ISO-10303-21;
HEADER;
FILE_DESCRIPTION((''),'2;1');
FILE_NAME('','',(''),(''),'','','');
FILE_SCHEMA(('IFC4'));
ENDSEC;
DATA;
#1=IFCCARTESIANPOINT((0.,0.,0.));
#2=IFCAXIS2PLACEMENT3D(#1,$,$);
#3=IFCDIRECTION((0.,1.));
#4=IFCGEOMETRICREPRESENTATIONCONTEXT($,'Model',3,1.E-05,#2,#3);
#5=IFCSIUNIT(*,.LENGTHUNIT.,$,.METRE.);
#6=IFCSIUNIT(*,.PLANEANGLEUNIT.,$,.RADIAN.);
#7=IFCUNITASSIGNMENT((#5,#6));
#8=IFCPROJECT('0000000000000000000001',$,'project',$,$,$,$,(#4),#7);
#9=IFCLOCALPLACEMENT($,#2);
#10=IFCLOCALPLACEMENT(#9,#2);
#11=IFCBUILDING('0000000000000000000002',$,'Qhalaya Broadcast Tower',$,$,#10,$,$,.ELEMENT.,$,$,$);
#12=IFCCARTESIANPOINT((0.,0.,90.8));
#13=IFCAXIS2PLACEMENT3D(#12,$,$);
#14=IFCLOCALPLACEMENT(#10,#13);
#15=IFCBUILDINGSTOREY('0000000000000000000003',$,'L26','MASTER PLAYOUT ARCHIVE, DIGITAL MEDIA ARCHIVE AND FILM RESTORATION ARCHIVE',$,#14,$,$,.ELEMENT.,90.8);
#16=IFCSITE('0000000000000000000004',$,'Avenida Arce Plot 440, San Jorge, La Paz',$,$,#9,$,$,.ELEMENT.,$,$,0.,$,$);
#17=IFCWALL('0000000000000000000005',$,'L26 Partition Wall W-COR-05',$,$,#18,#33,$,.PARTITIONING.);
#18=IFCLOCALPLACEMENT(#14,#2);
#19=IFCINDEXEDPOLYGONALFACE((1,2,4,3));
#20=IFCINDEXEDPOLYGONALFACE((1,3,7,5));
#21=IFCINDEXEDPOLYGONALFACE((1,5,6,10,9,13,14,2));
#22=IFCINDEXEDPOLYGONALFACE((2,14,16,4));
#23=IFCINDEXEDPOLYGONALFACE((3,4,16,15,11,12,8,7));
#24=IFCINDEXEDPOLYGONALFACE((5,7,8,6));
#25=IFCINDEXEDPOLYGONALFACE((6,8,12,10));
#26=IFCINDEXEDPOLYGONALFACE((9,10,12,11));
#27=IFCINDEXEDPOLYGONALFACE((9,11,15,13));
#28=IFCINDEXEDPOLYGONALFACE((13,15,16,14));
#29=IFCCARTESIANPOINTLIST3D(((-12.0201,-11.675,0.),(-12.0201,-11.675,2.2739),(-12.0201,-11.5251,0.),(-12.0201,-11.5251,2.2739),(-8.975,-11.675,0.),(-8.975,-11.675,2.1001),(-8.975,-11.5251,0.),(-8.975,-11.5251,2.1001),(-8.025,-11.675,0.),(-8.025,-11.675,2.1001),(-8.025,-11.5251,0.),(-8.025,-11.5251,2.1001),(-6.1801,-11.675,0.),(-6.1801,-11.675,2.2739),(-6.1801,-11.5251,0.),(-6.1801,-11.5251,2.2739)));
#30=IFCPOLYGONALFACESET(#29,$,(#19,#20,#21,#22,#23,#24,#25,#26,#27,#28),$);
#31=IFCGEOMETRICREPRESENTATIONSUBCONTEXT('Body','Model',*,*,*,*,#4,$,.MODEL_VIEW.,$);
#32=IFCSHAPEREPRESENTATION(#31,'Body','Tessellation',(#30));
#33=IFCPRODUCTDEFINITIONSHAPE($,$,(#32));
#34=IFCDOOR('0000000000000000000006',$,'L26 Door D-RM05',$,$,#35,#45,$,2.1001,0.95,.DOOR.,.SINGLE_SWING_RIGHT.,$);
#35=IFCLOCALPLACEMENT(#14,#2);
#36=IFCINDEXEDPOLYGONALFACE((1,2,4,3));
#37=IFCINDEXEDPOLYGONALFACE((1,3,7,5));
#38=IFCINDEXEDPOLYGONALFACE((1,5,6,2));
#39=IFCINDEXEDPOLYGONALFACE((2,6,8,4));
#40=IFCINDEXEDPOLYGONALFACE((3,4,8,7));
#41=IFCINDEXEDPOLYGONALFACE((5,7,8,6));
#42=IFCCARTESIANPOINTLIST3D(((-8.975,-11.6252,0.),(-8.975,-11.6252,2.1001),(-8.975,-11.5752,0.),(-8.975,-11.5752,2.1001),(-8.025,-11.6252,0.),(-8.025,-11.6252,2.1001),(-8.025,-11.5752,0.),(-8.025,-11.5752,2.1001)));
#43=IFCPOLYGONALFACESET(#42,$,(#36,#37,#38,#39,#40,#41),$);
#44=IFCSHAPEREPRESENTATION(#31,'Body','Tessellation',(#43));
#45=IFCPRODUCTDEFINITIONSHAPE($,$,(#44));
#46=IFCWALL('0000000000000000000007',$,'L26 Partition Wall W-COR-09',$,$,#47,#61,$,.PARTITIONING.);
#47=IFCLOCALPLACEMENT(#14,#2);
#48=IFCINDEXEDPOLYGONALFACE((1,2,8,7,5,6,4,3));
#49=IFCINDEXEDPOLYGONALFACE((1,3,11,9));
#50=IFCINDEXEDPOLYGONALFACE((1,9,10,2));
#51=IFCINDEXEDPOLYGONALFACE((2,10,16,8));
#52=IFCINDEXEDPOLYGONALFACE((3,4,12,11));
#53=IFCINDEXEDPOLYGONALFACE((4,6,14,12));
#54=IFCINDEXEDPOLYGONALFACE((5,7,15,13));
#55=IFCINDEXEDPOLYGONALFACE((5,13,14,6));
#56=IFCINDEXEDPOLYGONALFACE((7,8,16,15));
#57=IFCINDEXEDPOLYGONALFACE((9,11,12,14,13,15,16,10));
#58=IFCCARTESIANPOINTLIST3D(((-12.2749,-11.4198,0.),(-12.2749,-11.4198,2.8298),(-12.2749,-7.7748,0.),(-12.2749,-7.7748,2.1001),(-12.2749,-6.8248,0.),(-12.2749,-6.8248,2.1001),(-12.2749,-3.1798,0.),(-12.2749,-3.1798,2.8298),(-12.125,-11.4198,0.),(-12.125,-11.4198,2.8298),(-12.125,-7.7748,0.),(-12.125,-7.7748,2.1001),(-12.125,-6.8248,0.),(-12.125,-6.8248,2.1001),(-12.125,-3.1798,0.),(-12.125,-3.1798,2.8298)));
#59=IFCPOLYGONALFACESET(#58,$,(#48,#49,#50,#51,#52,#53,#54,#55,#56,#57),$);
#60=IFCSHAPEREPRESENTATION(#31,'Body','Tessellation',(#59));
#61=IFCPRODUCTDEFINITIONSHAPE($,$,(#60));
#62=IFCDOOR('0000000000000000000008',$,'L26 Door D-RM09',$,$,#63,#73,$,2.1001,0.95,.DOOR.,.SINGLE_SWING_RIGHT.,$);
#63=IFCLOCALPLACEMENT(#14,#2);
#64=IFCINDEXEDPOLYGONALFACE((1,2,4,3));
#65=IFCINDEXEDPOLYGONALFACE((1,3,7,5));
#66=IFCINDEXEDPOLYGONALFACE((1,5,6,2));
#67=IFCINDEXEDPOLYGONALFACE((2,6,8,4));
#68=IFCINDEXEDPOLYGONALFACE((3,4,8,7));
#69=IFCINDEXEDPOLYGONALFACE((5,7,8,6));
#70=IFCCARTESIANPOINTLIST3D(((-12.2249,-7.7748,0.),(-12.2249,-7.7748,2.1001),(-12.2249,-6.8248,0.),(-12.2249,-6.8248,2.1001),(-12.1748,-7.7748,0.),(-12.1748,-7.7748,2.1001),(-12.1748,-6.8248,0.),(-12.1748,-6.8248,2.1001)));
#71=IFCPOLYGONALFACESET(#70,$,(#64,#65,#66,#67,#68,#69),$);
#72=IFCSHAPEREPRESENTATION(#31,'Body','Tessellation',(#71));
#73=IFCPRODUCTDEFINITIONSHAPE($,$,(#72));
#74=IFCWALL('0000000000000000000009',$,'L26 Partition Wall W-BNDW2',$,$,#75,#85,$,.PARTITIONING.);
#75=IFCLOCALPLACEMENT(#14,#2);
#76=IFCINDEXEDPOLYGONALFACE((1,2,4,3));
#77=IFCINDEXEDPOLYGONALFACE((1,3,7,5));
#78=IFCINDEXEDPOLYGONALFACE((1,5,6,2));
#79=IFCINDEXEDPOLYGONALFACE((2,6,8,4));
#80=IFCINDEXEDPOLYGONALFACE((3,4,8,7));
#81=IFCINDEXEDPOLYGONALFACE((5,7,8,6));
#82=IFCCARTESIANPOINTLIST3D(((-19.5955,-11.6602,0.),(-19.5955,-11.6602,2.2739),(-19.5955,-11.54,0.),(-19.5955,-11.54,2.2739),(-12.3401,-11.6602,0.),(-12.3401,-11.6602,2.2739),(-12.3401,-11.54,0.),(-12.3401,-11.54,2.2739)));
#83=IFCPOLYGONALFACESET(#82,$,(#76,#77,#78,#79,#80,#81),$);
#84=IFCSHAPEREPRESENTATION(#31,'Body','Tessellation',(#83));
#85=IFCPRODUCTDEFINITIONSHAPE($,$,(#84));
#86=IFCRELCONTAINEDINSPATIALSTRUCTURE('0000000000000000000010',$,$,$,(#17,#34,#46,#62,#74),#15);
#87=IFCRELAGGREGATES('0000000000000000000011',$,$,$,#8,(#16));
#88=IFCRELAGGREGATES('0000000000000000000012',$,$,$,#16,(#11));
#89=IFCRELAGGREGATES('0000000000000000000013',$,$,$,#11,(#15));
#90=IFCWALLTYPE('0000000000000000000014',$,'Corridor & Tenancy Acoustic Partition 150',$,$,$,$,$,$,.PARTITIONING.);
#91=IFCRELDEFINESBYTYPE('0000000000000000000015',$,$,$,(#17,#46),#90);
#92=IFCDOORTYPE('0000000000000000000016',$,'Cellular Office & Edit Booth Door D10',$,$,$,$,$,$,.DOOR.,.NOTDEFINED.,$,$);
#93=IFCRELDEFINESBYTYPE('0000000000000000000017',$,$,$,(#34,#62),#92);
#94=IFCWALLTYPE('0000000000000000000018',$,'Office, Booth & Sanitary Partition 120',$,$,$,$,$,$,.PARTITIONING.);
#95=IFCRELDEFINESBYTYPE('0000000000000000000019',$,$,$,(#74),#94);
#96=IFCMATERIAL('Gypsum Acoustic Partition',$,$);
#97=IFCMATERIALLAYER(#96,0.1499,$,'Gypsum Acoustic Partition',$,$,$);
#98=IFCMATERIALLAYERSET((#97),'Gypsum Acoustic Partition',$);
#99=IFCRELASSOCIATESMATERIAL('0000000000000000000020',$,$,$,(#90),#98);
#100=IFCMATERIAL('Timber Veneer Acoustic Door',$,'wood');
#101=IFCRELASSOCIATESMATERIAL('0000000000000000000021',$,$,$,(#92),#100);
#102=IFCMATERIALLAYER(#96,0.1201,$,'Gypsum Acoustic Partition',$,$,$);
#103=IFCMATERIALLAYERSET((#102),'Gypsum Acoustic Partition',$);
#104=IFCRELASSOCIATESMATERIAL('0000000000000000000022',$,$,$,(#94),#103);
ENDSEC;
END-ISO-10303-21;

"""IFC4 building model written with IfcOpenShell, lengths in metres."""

from ifc_helpers import new_model, si_unit, direction, frame, frame_2d, origin, place, context, subcontext, project, spatial, rectangle, extrude, material, layer, layer_set, type_object, element, fill, save


model = new_model("IFC4")

# Units and contexts
model_context = context("Model", 3, precision=1e-05, world=origin(), true_north=direction((0.0, 1.0)))
body_context = subcontext(model_context, "Body", "Model", "MODEL_VIEW")
ifc_project = project(units=[si_unit("LENGTHUNIT", "METRE"), si_unit("PLANEANGLEUNIT", "RADIAN")], contexts=[model_context])

# Site, building, storey
site_placement = place(None, origin())
site = spatial("IfcSite", under=ifc_project, at=site_placement, Name="Avenida Arce Plot 440, San Jorge, La Paz", CompositionType="ELEMENT", RefElevation=0.0)
building_placement = place(site_placement, origin())
building = spatial("IfcBuilding", under=site, at=building_placement, Name="Qhalaya Broadcast Tower", CompositionType="ELEMENT")
storey_placement = place(building_placement, frame((0.0, 0.0, 90.8)))
storey = spatial("IfcBuildingStorey", under=building, at=storey_placement, Name="L26", Description="MASTER PLAYOUT ARCHIVE, DIGITAL MEDIA ARCHIVE AND FILM RESTORATION ARCHIVE", CompositionType="ELEMENT", Elevation=90.8)

# Walls, openings, doors
ifc_material_1 = material(Name="Gypsum Acoustic Partition")
ifc_layer_1 = layer(ifc_material_1, 0.1499, Name="Gypsum Acoustic Partition")
ifc_layer_set_1 = layer_set([ifc_layer_1], Name="Gypsum Acoustic Partition")
wall_type_1 = type_object("IfcWallType", Name="Corridor & Tenancy Acoustic Partition 150", PredefinedType="PARTITIONING", material=ifc_layer_set_1)
wall_1_placement = place(storey_placement, frame((-12.02, -11.6001, 0.0), z_axis=(0.0, 0.0, 1.0), x_axis=(1.0, 0.0, 0.0)))
wall_1 = element("IfcWall", 1, at=wall_1_placement, inside=storey, type_object=wall_type_1, Name="L26 Partition Wall W-COR-05", PredefinedType="PARTITIONING", context=body_context, shape_type="SweptSolid", body=[
    extrude(rectangle(XDim=5.8401, YDim=0.1499, at=frame_2d((2.9199, 0.0))), origin(), (0.0, 0.0, 1.0), 2.2739),
])
opening_1_placement = place(wall_1_placement, frame((3.0449, 0.0, 0.0)))
opening_1 = element("IfcOpeningElement", 2, at=opening_1_placement, cuts=wall_1, PredefinedType="OPENING", context=body_context, shape_type="SweptSolid", body=[
    extrude(rectangle(XDim=0.95, YDim=2.1001, at=frame_2d((0.4751, 1.05))), frame((0.0, 0.0869, 0.0), z_axis=(0.0, -1.0, 0.0), x_axis=(1.0, 0.0, 0.0)), (0.0, 0.0, 1.0), 0.1738),
])
ifc_material_2 = material(Name="Timber Veneer Acoustic Door", Category="wood")
door_type = type_object("IfcDoorType", Name="Cellular Office & Edit Booth Door D10", OperationType="NOTDEFINED", PredefinedType="DOOR", material=ifc_material_2)
door_1_placement = place(opening_1_placement, origin())
door_1 = element("IfcDoor", 3, at=door_1_placement, inside=storey, type_object=door_type, Name="L26 Door D-RM05", OperationType="SINGLE_SWING_RIGHT", OverallHeight=2.1001, OverallWidth=0.95, PredefinedType="DOOR", context=body_context, shape_type="SweptSolid", body=[
    extrude(rectangle(XDim=0.95, YDim=2.1001, at=frame_2d((0.4751, 1.05))), frame((0.0, 0.0249, 0.0), z_axis=(0.0, -1.0, 0.0), x_axis=(1.0, 0.0, 0.0)), (0.0, 0.0, 1.0), 0.05),
])
fill(opening_1, door_1)
wall_2_placement = place(storey_placement, frame((-12.2, -11.4199, 0.0), z_axis=(0.0, 0.0, 1.0), x_axis=(0.0, 1.0, 0.0)))
wall_2 = element("IfcWall", 4, at=wall_2_placement, inside=storey, type_object=wall_type_1, Name="L26 Partition Wall W-COR-09", PredefinedType="PARTITIONING", context=body_context, shape_type="SweptSolid", body=[
    extrude(rectangle(XDim=8.24, YDim=0.1499, at=frame_2d((4.1201, 0.0))), origin(), (0.0, 0.0, 1.0), 2.8298),
])
opening_2_placement = place(wall_2_placement, frame((3.645, 0.0, 0.0)))
opening_2 = element("IfcOpeningElement", 5, at=opening_2_placement, cuts=wall_2, PredefinedType="OPENING", context=body_context, shape_type="SweptSolid", body=[
    extrude(rectangle(XDim=0.95, YDim=2.1001, at=frame_2d((0.4751, 1.05))), frame((0.0, 0.0869, 0.0), z_axis=(0.0, -1.0, 0.0), x_axis=(1.0, 0.0, 0.0)), (0.0, 0.0, 1.0), 0.1738),
])
door_2_placement = place(opening_2_placement, origin())
door_2 = element("IfcDoor", 6, at=door_2_placement, inside=storey, type_object=door_type, Name="L26 Door D-RM09", OperationType="SINGLE_SWING_RIGHT", OverallHeight=2.1001, OverallWidth=0.95, PredefinedType="DOOR", context=body_context, shape_type="SweptSolid", body=[
    extrude(rectangle(XDim=0.95, YDim=2.1001, at=frame_2d((0.4751, 1.05))), frame((0.0, 0.0249, 0.0), z_axis=(0.0, -1.0, 0.0), x_axis=(1.0, 0.0, 0.0)), (0.0, 0.0, 1.0), 0.05),
])
fill(opening_2, door_2)

# Wall
ifc_layer_2 = layer(ifc_material_1, 0.1201, Name="Gypsum Acoustic Partition")
ifc_layer_set_2 = layer_set([ifc_layer_2], Name="Gypsum Acoustic Partition")
wall_type_2 = type_object("IfcWallType", Name="Office, Booth & Sanitary Partition 120", PredefinedType="PARTITIONING", material=ifc_layer_set_2)
wall_3_placement = place(storey_placement, frame((-19.5955, -11.6001, 0.0), z_axis=(0.0, 0.0, 1.0), x_axis=(1.0, 0.0, 0.0)))
element("IfcWall", 7, at=wall_3_placement, inside=storey, type_object=wall_type_2, Name="L26 Partition Wall W-BNDW2", PredefinedType="PARTITIONING", context=body_context, shape_type="SweptSolid", body=[
    extrude(rectangle(XDim=7.2554, YDim=0.1201, at=frame_2d((3.6277, 0.0))), origin(), (0.0, 0.0, 1.0), 2.2739),
])

save(model, "model.ifc")
